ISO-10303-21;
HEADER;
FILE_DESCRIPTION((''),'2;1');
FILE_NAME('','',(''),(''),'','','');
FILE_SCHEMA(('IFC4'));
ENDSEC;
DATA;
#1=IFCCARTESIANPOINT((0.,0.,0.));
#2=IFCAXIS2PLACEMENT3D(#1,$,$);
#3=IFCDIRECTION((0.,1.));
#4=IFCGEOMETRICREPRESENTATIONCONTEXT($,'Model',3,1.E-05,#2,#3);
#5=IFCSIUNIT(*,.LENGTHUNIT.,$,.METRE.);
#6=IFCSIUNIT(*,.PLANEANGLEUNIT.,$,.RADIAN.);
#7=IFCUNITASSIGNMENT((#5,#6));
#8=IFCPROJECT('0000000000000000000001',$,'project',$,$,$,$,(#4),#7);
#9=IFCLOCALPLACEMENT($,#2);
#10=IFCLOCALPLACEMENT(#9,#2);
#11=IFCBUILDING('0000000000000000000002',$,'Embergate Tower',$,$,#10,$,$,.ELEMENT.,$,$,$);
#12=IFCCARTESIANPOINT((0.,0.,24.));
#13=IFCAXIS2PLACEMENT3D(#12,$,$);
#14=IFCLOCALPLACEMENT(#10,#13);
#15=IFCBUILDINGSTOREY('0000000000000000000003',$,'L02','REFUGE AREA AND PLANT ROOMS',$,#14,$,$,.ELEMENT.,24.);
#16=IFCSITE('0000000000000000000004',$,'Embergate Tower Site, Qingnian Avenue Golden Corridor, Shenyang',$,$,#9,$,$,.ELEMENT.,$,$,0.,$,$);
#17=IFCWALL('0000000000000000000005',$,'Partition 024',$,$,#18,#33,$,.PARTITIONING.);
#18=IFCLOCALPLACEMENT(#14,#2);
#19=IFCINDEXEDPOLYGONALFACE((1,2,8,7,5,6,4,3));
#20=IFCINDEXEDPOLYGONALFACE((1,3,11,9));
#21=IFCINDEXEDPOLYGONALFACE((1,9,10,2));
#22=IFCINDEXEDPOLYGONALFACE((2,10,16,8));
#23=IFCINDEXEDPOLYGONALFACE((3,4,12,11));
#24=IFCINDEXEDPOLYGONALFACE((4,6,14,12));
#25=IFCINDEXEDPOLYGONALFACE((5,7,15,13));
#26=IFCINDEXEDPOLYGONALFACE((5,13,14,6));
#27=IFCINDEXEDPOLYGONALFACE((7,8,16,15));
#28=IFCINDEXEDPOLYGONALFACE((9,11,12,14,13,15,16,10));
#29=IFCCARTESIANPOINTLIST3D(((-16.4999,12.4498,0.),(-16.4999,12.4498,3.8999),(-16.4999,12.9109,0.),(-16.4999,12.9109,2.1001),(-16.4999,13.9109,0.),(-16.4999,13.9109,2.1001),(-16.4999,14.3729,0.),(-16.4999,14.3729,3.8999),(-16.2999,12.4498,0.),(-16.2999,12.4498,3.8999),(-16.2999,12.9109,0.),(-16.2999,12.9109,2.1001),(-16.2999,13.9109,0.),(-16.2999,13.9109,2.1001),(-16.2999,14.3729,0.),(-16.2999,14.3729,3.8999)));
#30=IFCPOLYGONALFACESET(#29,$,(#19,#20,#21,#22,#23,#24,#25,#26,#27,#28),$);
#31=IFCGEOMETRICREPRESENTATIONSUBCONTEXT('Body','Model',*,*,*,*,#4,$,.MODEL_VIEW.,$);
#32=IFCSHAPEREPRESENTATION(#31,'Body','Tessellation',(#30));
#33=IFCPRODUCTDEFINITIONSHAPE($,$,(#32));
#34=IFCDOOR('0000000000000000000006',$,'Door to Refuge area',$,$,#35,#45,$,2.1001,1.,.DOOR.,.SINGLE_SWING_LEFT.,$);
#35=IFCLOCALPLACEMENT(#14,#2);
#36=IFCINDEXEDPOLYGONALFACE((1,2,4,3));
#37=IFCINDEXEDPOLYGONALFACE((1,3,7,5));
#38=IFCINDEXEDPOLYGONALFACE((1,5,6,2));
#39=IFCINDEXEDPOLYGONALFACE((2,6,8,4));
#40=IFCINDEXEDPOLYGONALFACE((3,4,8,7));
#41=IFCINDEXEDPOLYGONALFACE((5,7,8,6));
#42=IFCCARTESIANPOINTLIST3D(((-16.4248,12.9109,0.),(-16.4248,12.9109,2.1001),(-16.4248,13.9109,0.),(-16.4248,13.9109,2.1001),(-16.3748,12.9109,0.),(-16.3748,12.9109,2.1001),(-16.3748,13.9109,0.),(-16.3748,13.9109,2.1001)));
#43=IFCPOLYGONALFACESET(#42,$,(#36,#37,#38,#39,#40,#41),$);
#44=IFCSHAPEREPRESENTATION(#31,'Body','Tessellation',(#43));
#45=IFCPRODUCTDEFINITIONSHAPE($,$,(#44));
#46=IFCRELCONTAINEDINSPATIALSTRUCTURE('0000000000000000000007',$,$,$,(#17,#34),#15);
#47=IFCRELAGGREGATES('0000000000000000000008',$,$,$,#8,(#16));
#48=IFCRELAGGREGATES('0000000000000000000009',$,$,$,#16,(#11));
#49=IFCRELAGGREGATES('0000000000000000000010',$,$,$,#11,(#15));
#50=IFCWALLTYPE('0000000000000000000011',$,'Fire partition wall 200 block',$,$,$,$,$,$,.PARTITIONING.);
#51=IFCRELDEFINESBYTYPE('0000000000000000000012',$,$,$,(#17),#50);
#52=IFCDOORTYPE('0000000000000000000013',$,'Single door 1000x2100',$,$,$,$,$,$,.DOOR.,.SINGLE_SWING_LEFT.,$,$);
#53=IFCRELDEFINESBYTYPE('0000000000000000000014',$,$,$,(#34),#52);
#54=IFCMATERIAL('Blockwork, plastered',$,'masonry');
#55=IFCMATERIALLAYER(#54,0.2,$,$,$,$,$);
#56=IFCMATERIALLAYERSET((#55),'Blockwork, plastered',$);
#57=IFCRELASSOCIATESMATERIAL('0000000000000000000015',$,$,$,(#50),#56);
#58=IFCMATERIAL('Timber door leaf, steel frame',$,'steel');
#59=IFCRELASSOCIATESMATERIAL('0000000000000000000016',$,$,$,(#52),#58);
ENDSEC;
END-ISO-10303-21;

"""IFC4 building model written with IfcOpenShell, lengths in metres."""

from ifc_helpers import new_model, si_unit, direction, frame, frame_2d, origin, place, context, subcontext, project, spatial, rectangle, extrude, source, transform, mapped, material, layer, layer_set, type_object, element, fill, save


model = new_model("IFC4")

# Units and contexts
model_context = context("Model", 3, precision=1e-05, world=origin(), true_north=direction((0.0, 1.0)))
body_context = subcontext(model_context, "Body", "Model", "MODEL_VIEW")
ifc_project = project(units=[si_unit("LENGTHUNIT", "METRE"), si_unit("PLANEANGLEUNIT", "RADIAN")], contexts=[model_context])

# Site, building, storey
site_placement = place(None, origin())
site = spatial("IfcSite", under=ifc_project, at=site_placement, Name="Embergate Tower Site, Qingnian Avenue Golden Corridor, Shenyang", CompositionType="ELEMENT", RefElevation=0.0)
building_placement = place(site_placement, origin())
building = spatial("IfcBuilding", under=site, at=building_placement, Name="Embergate Tower", CompositionType="ELEMENT")
storey_placement = place(building_placement, frame((0.0, 0.0, 24.0)))
storey = spatial("IfcBuildingStorey", under=building, at=storey_placement, Name="L02", Description="REFUGE AREA AND PLANT ROOMS", CompositionType="ELEMENT", Elevation=24.0)

# Wall, opening, door
ifc_material_1 = material(Name="Blockwork, plastered", Category="masonry")
ifc_layer_1 = layer(ifc_material_1, 0.2)
ifc_layer_set_1 = layer_set([ifc_layer_1], Name="Blockwork, plastered")
wall_type_1 = type_object("IfcWallType", Name="Fire partition wall 200 block", PredefinedType="PARTITIONING", material=ifc_layer_set_1)
shared_shape_1 = source(origin(), body_context, "Body", "SweptSolid", [
    extrude(rectangle(XDim=1.9231, YDim=0.2, at=frame_2d((0.9614, 0.0))), origin(), (0.0, 0.0, 1.0), 3.8999),
])
wall_1_placement = place(storey_placement, frame((-16.3999, 12.45, 0.0), z_axis=(0.0, 0.0, 1.0), x_axis=(0.0, 1.0, 0.0)))
wall_1 = element("IfcWall", 1, at=wall_1_placement, inside=storey, type_object=wall_type_1, Name="Partition 024", PredefinedType="PARTITIONING", context=body_context, shape_type="MappedRepresentation", body=[
    mapped(shared_shape_1, transform((0.0, 0.0, 0.0))),
])
shared_shape_2 = source(origin(), body_context, "Body", "SweptSolid", [
    extrude(rectangle(XDim=1.0, YDim=2.1001, at=frame_2d((0.5, 1.05))), frame((0.0, 0.1099, 0.0), z_axis=(0.0, -1.0, 0.0), x_axis=(1.0, 0.0, 0.0)), (0.0, 0.0, 1.0), 0.22),
])
opening_placement = place(wall_1_placement, frame((0.4609, 0.0, 0.0)))
opening = element("IfcOpeningElement", 2, at=opening_placement, cuts=wall_1, PredefinedType="OPENING", context=body_context, shape_type="MappedRepresentation", body=[
    mapped(shared_shape_2, transform((0.0, 0.0, 0.0))),
])
ifc_material_2 = material(Name="Timber door leaf, steel frame", Category="steel")
door_type = type_object("IfcDoorType", Name="Single door 1000x2100", OperationType="SINGLE_SWING_LEFT", PredefinedType="DOOR", material=ifc_material_2)
shared_shape_3 = source(origin(), body_context, "Body", "SweptSolid", [
    extrude(rectangle(XDim=1.0, YDim=2.1001, at=frame_2d((0.5, 1.05))), frame((0.0, 0.0249, 0.0), z_axis=(0.0, -1.0, 0.0), x_axis=(1.0, 0.0, 0.0)), (0.0, 0.0, 1.0), 0.05),
])
door_placement = place(opening_placement, origin())
door = element("IfcDoor", 3, at=door_placement, inside=storey, type_object=door_type, Name="Door to Refuge area", OperationType="SINGLE_SWING_LEFT", OverallHeight=2.1001, OverallWidth=1.0, PredefinedType="DOOR", context=body_context, shape_type="MappedRepresentation", body=[
    mapped(shared_shape_3, transform((0.0, 0.0, 0.0))),
])
fill(opening, door)

save(model, "model.ifc")
